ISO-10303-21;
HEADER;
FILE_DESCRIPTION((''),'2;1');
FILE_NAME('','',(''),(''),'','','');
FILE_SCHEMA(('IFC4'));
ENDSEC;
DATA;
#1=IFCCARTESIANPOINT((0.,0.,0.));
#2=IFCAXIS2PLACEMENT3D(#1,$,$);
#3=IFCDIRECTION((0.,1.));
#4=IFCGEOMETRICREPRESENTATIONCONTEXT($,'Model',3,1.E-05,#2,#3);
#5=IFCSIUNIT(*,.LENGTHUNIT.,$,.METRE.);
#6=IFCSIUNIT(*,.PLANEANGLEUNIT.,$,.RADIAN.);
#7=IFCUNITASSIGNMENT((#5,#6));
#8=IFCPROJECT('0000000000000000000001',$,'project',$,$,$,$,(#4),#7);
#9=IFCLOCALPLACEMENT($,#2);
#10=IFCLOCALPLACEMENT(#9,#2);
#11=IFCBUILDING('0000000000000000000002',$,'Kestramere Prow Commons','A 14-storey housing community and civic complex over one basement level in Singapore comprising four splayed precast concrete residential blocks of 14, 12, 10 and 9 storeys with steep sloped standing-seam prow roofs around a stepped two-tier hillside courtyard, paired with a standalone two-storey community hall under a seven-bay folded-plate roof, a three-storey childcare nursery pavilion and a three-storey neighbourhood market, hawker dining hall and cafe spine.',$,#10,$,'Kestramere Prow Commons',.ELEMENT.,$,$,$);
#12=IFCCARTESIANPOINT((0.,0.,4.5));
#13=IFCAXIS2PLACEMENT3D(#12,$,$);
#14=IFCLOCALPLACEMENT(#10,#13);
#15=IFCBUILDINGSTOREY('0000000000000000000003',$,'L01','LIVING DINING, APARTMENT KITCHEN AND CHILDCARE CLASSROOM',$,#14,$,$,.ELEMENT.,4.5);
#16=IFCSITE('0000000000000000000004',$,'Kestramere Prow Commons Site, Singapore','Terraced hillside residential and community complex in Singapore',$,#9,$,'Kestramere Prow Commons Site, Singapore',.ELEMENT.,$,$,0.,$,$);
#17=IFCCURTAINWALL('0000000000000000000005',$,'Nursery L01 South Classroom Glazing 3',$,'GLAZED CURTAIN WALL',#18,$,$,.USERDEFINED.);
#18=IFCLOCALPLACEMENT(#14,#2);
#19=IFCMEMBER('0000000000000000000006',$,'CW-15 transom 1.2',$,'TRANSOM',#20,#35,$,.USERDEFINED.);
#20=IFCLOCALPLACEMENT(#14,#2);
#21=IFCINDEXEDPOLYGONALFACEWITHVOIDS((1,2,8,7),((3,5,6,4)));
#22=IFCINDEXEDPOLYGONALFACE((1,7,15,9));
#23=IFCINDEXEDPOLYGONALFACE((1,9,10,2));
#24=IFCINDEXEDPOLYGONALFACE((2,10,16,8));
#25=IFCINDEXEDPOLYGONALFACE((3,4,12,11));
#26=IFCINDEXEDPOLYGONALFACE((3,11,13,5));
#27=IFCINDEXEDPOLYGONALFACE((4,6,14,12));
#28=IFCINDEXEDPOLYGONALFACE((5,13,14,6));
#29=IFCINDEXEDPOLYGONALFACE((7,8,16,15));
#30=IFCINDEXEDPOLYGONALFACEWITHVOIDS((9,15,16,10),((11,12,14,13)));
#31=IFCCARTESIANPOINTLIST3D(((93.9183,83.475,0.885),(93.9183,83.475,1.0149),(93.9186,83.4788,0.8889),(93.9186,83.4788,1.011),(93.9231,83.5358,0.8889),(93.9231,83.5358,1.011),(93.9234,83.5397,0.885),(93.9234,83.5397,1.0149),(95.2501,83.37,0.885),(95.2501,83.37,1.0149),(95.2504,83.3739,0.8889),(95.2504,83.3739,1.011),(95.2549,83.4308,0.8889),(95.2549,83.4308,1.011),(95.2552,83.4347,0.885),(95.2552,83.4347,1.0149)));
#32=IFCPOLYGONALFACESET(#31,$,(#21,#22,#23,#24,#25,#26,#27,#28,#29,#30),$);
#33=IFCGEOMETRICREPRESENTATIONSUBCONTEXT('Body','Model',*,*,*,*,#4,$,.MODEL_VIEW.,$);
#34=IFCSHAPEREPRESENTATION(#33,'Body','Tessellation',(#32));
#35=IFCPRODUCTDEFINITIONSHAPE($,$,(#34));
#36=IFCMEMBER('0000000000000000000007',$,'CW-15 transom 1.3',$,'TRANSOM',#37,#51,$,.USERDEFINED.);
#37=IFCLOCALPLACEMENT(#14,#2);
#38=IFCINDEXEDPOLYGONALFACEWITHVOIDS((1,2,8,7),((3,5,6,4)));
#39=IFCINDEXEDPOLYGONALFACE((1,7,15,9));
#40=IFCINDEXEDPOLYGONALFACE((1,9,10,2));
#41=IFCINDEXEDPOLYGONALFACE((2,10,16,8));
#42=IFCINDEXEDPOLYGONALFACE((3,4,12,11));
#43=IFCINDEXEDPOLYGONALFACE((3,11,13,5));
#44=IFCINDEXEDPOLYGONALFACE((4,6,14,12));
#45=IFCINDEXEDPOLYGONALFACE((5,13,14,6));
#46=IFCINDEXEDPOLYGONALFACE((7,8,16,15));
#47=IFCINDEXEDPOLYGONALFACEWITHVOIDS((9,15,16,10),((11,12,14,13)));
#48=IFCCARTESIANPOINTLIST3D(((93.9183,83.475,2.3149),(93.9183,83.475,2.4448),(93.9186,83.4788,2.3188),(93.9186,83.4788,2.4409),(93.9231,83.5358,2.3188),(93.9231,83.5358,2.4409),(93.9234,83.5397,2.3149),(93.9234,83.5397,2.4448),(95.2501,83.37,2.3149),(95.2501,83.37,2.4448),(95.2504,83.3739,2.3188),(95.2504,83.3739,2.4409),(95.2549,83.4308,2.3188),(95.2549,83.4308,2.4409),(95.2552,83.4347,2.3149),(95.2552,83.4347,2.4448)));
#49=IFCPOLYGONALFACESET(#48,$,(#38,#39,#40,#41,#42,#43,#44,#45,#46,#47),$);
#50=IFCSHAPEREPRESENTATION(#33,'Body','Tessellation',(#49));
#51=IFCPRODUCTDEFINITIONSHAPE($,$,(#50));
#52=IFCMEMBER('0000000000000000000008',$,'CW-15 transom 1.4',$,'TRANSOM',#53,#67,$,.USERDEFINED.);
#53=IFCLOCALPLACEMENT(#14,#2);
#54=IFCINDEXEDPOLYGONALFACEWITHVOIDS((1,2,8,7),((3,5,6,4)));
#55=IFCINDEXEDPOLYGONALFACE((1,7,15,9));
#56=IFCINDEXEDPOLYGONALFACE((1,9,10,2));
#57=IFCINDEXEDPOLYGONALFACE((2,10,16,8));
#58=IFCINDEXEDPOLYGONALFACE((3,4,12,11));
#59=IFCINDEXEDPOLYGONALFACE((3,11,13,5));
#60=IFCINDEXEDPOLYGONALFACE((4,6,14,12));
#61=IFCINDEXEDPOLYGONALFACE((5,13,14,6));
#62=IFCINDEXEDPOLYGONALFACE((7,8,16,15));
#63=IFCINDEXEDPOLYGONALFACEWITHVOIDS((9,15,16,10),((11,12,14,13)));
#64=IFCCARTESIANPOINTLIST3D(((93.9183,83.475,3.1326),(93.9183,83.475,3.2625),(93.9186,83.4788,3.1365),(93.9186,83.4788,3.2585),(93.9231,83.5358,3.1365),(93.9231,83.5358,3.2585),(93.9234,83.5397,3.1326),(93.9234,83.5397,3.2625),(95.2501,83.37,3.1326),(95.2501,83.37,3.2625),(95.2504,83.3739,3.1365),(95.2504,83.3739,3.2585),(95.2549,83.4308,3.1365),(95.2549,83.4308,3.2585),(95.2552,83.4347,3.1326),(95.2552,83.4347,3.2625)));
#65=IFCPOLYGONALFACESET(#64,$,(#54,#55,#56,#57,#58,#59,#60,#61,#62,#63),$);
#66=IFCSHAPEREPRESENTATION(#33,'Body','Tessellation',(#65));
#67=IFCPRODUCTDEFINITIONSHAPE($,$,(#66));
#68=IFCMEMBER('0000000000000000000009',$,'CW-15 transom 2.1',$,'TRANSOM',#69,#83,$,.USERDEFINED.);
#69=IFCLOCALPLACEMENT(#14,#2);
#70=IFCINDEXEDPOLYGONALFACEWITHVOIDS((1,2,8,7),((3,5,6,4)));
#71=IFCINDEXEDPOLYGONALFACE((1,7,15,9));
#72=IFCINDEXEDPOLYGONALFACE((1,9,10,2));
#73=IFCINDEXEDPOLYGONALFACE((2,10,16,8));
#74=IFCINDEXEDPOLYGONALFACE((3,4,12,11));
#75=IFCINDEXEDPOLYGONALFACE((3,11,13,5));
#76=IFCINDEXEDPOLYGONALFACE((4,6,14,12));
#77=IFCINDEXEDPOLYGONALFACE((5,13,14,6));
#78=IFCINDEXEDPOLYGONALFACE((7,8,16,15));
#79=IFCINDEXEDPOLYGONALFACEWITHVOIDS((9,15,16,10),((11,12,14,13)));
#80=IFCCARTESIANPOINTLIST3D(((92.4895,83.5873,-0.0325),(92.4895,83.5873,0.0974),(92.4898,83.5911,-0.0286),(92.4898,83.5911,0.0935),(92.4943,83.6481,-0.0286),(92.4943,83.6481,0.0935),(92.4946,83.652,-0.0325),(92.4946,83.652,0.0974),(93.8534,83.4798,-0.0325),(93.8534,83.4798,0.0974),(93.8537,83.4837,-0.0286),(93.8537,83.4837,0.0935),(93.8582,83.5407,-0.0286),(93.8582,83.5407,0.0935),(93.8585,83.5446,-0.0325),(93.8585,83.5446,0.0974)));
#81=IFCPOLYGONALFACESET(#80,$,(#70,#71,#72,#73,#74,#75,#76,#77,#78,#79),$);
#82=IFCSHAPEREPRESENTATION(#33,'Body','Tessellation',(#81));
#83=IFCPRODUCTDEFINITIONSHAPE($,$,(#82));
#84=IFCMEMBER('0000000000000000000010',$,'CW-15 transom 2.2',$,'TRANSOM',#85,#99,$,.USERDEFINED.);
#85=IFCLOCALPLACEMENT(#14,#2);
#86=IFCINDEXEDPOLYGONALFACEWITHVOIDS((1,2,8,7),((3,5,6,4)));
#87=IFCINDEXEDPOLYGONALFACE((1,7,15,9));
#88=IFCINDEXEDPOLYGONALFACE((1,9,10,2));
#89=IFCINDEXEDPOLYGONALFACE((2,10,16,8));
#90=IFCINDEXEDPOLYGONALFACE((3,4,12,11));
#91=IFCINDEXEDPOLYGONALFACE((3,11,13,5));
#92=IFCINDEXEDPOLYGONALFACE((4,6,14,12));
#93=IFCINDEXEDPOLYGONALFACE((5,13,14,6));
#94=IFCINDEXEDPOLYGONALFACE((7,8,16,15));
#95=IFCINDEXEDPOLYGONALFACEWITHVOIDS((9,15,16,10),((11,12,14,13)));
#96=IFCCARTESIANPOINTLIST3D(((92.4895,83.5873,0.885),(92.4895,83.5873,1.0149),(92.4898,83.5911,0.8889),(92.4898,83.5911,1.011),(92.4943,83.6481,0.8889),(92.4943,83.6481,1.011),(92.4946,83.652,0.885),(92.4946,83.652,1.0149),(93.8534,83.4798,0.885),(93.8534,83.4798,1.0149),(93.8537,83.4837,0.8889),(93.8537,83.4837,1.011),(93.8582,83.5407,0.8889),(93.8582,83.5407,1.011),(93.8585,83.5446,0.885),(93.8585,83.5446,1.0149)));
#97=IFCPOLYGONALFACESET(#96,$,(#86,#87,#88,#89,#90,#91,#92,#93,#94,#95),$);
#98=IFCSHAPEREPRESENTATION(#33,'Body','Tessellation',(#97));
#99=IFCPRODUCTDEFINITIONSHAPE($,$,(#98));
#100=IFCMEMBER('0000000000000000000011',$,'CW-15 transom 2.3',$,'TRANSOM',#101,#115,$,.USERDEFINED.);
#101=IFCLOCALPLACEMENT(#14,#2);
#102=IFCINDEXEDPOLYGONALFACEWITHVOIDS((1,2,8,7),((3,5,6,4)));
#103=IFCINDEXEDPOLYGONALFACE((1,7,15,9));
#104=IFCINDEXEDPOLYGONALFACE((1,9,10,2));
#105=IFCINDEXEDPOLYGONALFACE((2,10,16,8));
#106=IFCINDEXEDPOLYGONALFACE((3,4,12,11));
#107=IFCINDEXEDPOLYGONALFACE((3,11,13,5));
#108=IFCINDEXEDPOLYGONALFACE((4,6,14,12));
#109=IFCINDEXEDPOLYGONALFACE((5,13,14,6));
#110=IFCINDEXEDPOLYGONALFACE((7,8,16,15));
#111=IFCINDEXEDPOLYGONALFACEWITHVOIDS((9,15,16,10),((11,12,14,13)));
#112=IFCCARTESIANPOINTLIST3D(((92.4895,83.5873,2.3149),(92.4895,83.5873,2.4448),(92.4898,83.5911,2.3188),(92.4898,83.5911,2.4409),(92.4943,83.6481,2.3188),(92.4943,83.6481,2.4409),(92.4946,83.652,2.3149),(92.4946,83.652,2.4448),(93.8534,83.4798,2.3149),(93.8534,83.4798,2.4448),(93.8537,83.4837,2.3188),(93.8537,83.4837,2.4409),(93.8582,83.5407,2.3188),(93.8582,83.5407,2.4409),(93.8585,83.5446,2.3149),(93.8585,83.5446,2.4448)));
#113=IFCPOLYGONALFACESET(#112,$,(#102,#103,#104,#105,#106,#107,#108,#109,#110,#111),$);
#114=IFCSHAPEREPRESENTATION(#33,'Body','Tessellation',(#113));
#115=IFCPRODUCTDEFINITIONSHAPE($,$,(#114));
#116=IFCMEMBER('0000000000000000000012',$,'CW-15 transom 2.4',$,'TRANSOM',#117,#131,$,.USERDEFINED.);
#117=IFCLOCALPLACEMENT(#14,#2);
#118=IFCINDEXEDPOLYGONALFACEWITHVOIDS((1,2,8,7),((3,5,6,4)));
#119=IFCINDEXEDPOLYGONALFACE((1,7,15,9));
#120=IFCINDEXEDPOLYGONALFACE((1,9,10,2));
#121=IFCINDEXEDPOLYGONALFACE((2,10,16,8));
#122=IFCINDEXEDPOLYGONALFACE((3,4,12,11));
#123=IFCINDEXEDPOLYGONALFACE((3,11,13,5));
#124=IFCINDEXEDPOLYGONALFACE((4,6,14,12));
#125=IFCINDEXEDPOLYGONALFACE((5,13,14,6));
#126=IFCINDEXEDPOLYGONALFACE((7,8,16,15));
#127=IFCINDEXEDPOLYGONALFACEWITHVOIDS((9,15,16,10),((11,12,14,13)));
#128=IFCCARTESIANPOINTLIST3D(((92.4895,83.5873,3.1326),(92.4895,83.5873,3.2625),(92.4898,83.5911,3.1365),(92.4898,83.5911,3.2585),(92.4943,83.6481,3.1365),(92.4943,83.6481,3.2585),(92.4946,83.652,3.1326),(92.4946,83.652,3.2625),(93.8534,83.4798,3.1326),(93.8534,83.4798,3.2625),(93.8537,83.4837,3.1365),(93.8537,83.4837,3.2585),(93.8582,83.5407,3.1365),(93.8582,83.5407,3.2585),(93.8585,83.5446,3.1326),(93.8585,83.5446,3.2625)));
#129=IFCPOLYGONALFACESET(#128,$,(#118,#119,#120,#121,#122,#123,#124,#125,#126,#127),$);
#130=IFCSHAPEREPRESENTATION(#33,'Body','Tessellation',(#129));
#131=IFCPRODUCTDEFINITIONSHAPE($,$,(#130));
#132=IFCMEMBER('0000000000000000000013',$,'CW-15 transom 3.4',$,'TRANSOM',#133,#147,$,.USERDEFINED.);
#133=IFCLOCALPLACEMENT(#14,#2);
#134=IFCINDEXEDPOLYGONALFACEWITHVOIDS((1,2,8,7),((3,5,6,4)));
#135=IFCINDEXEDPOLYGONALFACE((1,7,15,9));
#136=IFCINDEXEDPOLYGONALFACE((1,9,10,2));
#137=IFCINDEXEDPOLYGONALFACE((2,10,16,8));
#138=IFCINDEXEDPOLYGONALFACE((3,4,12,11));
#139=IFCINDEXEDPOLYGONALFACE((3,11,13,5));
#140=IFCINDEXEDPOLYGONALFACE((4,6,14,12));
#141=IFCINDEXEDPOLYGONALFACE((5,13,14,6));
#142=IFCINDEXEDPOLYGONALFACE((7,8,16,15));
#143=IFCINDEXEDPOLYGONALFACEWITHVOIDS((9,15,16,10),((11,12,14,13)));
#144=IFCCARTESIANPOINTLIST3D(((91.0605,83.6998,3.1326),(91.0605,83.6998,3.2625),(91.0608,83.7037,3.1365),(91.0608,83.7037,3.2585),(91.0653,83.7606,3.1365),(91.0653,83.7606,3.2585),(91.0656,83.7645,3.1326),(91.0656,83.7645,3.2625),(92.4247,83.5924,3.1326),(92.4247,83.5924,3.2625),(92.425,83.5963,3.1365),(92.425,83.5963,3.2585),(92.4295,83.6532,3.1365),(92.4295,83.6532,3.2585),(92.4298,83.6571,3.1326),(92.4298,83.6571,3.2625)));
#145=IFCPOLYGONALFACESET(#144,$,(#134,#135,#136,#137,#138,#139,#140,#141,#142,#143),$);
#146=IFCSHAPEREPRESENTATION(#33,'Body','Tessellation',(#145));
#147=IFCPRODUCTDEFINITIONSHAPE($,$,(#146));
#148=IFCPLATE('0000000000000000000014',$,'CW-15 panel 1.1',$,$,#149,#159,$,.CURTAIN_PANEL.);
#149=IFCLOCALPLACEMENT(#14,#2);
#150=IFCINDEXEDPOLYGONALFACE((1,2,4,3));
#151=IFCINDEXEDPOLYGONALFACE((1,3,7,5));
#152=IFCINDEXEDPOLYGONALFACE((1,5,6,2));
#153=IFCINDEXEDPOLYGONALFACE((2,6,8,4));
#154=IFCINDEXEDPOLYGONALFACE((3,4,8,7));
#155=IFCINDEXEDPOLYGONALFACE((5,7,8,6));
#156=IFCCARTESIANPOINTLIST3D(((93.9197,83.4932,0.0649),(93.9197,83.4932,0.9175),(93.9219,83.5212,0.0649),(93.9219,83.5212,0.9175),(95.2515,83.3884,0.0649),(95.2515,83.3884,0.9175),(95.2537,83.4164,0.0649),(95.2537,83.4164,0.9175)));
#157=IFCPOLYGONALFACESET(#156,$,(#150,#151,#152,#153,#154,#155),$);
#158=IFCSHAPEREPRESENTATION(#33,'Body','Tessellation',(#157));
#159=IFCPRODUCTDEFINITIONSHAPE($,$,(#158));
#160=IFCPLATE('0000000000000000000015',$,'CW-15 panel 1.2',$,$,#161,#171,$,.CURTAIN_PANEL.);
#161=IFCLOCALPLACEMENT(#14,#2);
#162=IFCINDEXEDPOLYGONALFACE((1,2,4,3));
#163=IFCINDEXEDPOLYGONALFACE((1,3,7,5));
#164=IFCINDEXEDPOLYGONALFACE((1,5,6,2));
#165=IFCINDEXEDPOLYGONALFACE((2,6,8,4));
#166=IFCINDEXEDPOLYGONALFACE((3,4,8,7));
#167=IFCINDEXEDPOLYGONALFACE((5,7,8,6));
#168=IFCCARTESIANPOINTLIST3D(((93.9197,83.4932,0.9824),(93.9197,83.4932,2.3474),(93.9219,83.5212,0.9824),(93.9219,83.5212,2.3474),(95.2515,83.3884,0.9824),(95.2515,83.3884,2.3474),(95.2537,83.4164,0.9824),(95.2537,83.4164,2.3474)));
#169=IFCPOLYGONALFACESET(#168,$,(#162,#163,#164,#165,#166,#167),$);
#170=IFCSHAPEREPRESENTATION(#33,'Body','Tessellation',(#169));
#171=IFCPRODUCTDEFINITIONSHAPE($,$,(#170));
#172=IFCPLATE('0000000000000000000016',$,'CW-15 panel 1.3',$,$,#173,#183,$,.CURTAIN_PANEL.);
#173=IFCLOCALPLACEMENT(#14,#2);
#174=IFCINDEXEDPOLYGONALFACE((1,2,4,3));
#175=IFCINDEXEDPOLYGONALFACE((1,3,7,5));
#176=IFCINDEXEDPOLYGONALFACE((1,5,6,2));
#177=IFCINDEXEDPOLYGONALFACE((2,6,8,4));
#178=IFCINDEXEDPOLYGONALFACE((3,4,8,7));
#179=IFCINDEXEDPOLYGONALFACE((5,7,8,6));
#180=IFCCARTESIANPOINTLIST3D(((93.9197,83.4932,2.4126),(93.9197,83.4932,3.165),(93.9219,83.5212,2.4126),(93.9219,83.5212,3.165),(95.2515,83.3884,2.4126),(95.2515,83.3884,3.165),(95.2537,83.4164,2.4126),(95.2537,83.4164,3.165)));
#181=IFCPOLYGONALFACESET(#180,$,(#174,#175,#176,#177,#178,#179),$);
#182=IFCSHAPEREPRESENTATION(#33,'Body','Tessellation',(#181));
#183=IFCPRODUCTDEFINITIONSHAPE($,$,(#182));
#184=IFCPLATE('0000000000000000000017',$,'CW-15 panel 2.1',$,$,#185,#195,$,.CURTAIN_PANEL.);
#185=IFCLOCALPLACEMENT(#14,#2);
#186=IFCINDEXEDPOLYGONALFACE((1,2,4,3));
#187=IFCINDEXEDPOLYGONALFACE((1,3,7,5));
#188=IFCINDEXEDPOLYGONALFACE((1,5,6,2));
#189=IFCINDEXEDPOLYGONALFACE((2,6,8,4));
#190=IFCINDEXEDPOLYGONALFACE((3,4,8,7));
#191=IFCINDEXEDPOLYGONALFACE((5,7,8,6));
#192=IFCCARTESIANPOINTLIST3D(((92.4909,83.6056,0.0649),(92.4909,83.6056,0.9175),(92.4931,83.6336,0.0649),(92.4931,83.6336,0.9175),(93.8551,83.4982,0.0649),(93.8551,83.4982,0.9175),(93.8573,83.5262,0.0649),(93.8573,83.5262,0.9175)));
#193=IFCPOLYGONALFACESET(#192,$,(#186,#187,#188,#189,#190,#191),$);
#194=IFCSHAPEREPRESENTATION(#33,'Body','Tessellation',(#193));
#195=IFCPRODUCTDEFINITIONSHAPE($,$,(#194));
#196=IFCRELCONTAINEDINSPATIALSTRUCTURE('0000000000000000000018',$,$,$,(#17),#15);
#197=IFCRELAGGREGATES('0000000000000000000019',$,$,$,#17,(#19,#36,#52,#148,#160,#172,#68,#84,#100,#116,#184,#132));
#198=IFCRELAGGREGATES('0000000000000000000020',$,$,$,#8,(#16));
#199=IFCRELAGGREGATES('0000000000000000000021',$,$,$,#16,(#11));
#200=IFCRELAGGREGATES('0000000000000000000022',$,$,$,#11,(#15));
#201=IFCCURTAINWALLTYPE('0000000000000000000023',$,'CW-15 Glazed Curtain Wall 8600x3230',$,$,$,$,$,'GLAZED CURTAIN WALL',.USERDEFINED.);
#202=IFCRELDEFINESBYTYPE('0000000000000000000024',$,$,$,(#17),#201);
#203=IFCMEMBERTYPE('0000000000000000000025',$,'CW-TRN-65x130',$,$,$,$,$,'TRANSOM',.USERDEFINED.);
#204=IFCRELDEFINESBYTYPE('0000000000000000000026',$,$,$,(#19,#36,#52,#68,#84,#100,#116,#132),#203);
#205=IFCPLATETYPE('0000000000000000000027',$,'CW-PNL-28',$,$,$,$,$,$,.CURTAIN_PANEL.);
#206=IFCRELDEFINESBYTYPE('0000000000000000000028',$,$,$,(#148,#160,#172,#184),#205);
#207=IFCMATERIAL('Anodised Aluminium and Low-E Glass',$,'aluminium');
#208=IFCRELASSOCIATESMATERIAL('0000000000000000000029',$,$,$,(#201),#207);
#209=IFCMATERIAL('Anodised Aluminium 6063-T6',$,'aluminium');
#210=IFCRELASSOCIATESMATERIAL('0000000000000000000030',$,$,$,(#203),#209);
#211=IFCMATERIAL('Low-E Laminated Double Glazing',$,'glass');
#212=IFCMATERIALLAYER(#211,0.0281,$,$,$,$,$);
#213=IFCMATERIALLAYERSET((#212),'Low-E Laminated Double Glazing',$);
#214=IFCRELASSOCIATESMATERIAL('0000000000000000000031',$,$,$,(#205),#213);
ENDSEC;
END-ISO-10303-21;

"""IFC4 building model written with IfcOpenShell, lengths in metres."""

from ifc_helpers import new_model, si_unit, direction, frame, origin, origin_2d, place, context, subcontext, project, spatial, rectangle, hollow_rectangle, extrude, material, layer, layer_set, material_profile, profile_set, type_object, element, aggregate, save


model = new_model("IFC4")

# Units and contexts
model_context = context("Model", 3, precision=1e-05, world=origin(), true_north=direction((0.0, 1.0)))
body_context = subcontext(model_context, "Body", "Model", "MODEL_VIEW")
ifc_project = project(units=[si_unit("LENGTHUNIT", "METRE"), si_unit("PLANEANGLEUNIT", "RADIAN")], contexts=[model_context])

# Site, building, storey
site_placement = place(None, origin())
site = spatial("IfcSite", under=ifc_project, at=site_placement, Name="Kestramere Prow Commons Site, Singapore", Description="Terraced hillside residential and community complex in Singapore", LongName="Kestramere Prow Commons Site, Singapore", CompositionType="ELEMENT", RefElevation=0.0)
building_placement = place(site_placement, origin())
building = spatial("IfcBuilding", under=site, at=building_placement, Name="Kestramere Prow Commons", Description="A 14-storey housing community and civic complex over one basement level in Singapore comprising four splayed precast concrete residential blocks of 14, 12, 10 and 9 storeys with steep sloped standing-seam prow roofs around a stepped two-tier hillside courtyard, paired with a standalone two-storey community hall under a seven-bay folded-plate roof, a three-storey childcare nursery pavilion and a three-storey neighbourhood market, hawker dining hall and cafe spine.", LongName="Kestramere Prow Commons", CompositionType="ELEMENT")
storey_placement = place(building_placement, frame((0.0, 0.0, 4.5)))
storey = spatial("IfcBuildingStorey", under=building, at=storey_placement, Name="L01", Description="LIVING DINING, APARTMENT KITCHEN AND CHILDCARE CLASSROOM", CompositionType="ELEMENT", Elevation=4.5)

# Curtain wall, members, plates
ifc_material_1 = material(Name="Anodised Aluminium and Low-E Glass", Category="aluminium")
curtain_wall_type = type_object("IfcCurtainWallType", Name="CW-15 Glazed Curtain Wall 8600x3230", ElementType="GLAZED CURTAIN WALL", PredefinedType="USERDEFINED", material=ifc_material_1)
curtain_wall_placement = place(storey_placement, origin())
curtain_wall = element("IfcCurtainWall", 1, at=curtain_wall_placement, inside=storey, type_object=curtain_wall_type, Name="Nursery L01 South Classroom Glazing 3", ObjectType="GLAZED CURTAIN WALL", PredefinedType="USERDEFINED")
ifc_material_2 = material(Name="Anodised Aluminium 6063-T6", Category="aluminium")
ifc_material_profile_1 = material_profile(ifc_material_2, hollow_rectangle(XDim=0.0649, YDim=0.1299, WallThickness=0.0039, at=origin_2d()), Name="ALU-TRN 65x130")
ifc_profile_set_1 = profile_set([ifc_material_profile_1], Name="Anodised Aluminium 6063-T6")
member_type_1 = type_object("IfcMemberType", Name="CW-TRN-65x130", ElementType="TRANSOM", PredefinedType="USERDEFINED", material=ifc_profile_set_1)
member_1_placement = place(storey_placement, frame((95.2527, 83.4023, 0.95), z_axis=(-0.996908, 0.078583, 0.0), x_axis=(-0.078583, -0.996908, 0.0)))
member_1 = element("IfcMember", 2, at=member_1_placement, type_object=member_type_1, Name="CW-15 transom 1.2", ObjectType="TRANSOM", PredefinedType="USERDEFINED", context=body_context, shape_type="SweptSolid", body=[
    extrude(hollow_rectangle(XDim=0.0649, YDim=0.1299, WallThickness=0.0039, at=origin_2d()), origin(), (0.0, 0.0, 1.0), 1.3359),
])
member_2_placement = place(storey_placement, frame((95.2527, 83.4023, 2.3799), z_axis=(-0.996908, 0.078583, 0.0), x_axis=(-0.078583, -0.996908, 0.0)))
member_2 = element("IfcMember", 3, at=member_2_placement, type_object=member_type_1, Name="CW-15 transom 1.3", ObjectType="TRANSOM", PredefinedType="USERDEFINED", context=body_context, shape_type="SweptSolid", body=[
    extrude(hollow_rectangle(XDim=0.0649, YDim=0.1299, WallThickness=0.0039, at=origin_2d()), origin(), (0.0, 0.0, 1.0), 1.3359),
])
member_3_placement = place(storey_placement, frame((95.2527, 83.4023, 3.1975), z_axis=(-0.996908, 0.078583, 0.0), x_axis=(-0.078583, -0.996908, 0.0)))
member_3 = element("IfcMember", 4, at=member_3_placement, type_object=member_type_1, Name="CW-15 transom 1.4", ObjectType="TRANSOM", PredefinedType="USERDEFINED", context=body_context, shape_type="SweptSolid", body=[
    extrude(hollow_rectangle(XDim=0.0649, YDim=0.1299, WallThickness=0.0039, at=origin_2d()), origin(), (0.0, 0.0, 1.0), 1.3359),
])
member_4_placement = place(storey_placement, frame((93.856, 83.5122, 0.0325), z_axis=(-0.996913, 0.078511, 0.0), x_axis=(-0.078511, -0.996913, 0.0)))
member_4 = element("IfcMember", 5, at=member_4_placement, type_object=member_type_1, Name="CW-15 transom 2.1", ObjectType="TRANSOM", PredefinedType="USERDEFINED", context=body_context, shape_type="SweptSolid", body=[
    extrude(hollow_rectangle(XDim=0.0649, YDim=0.1299, WallThickness=0.0039, at=origin_2d()), origin(), (0.0, 0.0, 1.0), 1.3682),
])
member_5_placement = place(storey_placement, frame((93.856, 83.5122, 0.95), z_axis=(-0.996913, 0.078511, 0.0), x_axis=(-0.078511, -0.996913, 0.0)))
member_5 = element("IfcMember", 6, at=member_5_placement, type_object=member_type_1, Name="CW-15 transom 2.2", ObjectType="TRANSOM", PredefinedType="USERDEFINED", context=body_context, shape_type="SweptSolid", body=[
    extrude(hollow_rectangle(XDim=0.0649, YDim=0.1299, WallThickness=0.0039, at=origin_2d()), origin(), (0.0, 0.0, 1.0), 1.3682),
])
member_6_placement = place(storey_placement, frame((93.856, 83.5122, 2.3799), z_axis=(-0.996913, 0.078511, 0.0), x_axis=(-0.078511, -0.996913, 0.0)))
member_6 = element("IfcMember", 7, at=member_6_placement, type_object=member_type_1, Name="CW-15 transom 2.3", ObjectType="TRANSOM", PredefinedType="USERDEFINED", context=body_context, shape_type="SweptSolid", body=[
    extrude(hollow_rectangle(XDim=0.0649, YDim=0.1299, WallThickness=0.0039, at=origin_2d()), origin(), (0.0, 0.0, 1.0), 1.3682),
])
member_7_placement = place(storey_placement, frame((93.856, 83.5122, 3.1975), z_axis=(-0.996913, 0.078511, 0.0), x_axis=(-0.078511, -0.996913, 0.0)))
member_7 = element("IfcMember", 8, at=member_7_placement, type_object=member_type_1, Name="CW-15 transom 2.4", ObjectType="TRANSOM", PredefinedType="USERDEFINED", context=body_context, shape_type="SweptSolid", body=[
    extrude(hollow_rectangle(XDim=0.0649, YDim=0.1299, WallThickness=0.0039, at=origin_2d()), origin(), (0.0, 0.0, 1.0), 1.3682),
])
member_8_placement = place(storey_placement, frame((92.4272, 83.6248, 3.1975), z_axis=(-0.996914, 0.078497, 0.0), x_axis=(-0.078497, -0.996914, 0.0)))
member_8 = element("IfcMember", 9, at=member_8_placement, type_object=member_type_1, Name="CW-15 transom 3.4", ObjectType="TRANSOM", PredefinedType="USERDEFINED", context=body_context, shape_type="SweptSolid", body=[
    extrude(hollow_rectangle(XDim=0.0649, YDim=0.1299, WallThickness=0.0039, at=origin_2d()), origin(), (0.0, 0.0, 1.0), 1.3684),
])
ifc_material_3 = material(Name="Low-E Laminated Double Glazing", Category="glass")
ifc_layer_1 = layer(ifc_material_3, 0.0281)
ifc_layer_set_1 = layer_set([ifc_layer_1], Name="Low-E Laminated Double Glazing")
plate_type = type_object("IfcPlateType", Name="CW-PNL-28", PredefinedType="CURTAIN_PANEL", material=ifc_layer_set_1)
plate_1_placement = place(storey_placement, frame((94.5867, 83.4548, 0.0649), z_axis=(0.0, 0.0, 1.0), x_axis=(-0.996917, 0.078459, 0.0)))
plate_1 = element("IfcPlate", 10, at=plate_1_placement, type_object=plate_type, Name="CW-15 panel 1.1", PredefinedType="CURTAIN_PANEL", context=body_context, shape_type="SweptSolid", body=[
    extrude(rectangle(XDim=1.3359, YDim=0.0281, at=origin_2d()), origin(), (0.0, 0.0, 1.0), 0.8525),
])
plate_2_placement = place(storey_placement, frame((94.5867, 83.4548, 0.9824), z_axis=(0.0, 0.0, 1.0), x_axis=(-0.996917, 0.078459, 0.0)))
plate_2 = element("IfcPlate", 11, at=plate_2_placement, type_object=plate_type, Name="CW-15 panel 1.2", PredefinedType="CURTAIN_PANEL", context=body_context, shape_type="SweptSolid", body=[
    extrude(rectangle(XDim=1.3359, YDim=0.0281, at=origin_2d()), origin(), (0.0, 0.0, 1.0), 1.365),
])
plate_3_placement = place(storey_placement, frame((94.5867, 83.4548, 2.4126), z_axis=(0.0, 0.0, 1.0), x_axis=(-0.996917, 0.078459, 0.0)))
plate_3 = element("IfcPlate", 12, at=plate_3_placement, type_object=plate_type, Name="CW-15 panel 1.3", PredefinedType="CURTAIN_PANEL", context=body_context, shape_type="SweptSolid", body=[
    extrude(rectangle(XDim=1.3359, YDim=0.0281, at=origin_2d()), origin(), (0.0, 0.0, 1.0), 0.7524),
])
plate_4_placement = place(storey_placement, frame((93.1741, 83.5659, 0.0649), z_axis=(0.0, 0.0, 1.0), x_axis=(-0.996917, 0.078459, 0.0)))
plate_4 = element("IfcPlate", 13, at=plate_4_placement, type_object=plate_type, Name="CW-15 panel 2.1", PredefinedType="CURTAIN_PANEL", context=body_context, shape_type="SweptSolid", body=[
    extrude(rectangle(XDim=1.3684, YDim=0.0281, at=origin_2d()), origin(), (0.0, 0.0, 1.0), 0.8525),
])
aggregate(curtain_wall, [member_1, member_2, member_3, plate_1, plate_2, plate_3, member_4, member_5, member_6, member_7, plate_4, member_8])

save(model, "model.ifc")
